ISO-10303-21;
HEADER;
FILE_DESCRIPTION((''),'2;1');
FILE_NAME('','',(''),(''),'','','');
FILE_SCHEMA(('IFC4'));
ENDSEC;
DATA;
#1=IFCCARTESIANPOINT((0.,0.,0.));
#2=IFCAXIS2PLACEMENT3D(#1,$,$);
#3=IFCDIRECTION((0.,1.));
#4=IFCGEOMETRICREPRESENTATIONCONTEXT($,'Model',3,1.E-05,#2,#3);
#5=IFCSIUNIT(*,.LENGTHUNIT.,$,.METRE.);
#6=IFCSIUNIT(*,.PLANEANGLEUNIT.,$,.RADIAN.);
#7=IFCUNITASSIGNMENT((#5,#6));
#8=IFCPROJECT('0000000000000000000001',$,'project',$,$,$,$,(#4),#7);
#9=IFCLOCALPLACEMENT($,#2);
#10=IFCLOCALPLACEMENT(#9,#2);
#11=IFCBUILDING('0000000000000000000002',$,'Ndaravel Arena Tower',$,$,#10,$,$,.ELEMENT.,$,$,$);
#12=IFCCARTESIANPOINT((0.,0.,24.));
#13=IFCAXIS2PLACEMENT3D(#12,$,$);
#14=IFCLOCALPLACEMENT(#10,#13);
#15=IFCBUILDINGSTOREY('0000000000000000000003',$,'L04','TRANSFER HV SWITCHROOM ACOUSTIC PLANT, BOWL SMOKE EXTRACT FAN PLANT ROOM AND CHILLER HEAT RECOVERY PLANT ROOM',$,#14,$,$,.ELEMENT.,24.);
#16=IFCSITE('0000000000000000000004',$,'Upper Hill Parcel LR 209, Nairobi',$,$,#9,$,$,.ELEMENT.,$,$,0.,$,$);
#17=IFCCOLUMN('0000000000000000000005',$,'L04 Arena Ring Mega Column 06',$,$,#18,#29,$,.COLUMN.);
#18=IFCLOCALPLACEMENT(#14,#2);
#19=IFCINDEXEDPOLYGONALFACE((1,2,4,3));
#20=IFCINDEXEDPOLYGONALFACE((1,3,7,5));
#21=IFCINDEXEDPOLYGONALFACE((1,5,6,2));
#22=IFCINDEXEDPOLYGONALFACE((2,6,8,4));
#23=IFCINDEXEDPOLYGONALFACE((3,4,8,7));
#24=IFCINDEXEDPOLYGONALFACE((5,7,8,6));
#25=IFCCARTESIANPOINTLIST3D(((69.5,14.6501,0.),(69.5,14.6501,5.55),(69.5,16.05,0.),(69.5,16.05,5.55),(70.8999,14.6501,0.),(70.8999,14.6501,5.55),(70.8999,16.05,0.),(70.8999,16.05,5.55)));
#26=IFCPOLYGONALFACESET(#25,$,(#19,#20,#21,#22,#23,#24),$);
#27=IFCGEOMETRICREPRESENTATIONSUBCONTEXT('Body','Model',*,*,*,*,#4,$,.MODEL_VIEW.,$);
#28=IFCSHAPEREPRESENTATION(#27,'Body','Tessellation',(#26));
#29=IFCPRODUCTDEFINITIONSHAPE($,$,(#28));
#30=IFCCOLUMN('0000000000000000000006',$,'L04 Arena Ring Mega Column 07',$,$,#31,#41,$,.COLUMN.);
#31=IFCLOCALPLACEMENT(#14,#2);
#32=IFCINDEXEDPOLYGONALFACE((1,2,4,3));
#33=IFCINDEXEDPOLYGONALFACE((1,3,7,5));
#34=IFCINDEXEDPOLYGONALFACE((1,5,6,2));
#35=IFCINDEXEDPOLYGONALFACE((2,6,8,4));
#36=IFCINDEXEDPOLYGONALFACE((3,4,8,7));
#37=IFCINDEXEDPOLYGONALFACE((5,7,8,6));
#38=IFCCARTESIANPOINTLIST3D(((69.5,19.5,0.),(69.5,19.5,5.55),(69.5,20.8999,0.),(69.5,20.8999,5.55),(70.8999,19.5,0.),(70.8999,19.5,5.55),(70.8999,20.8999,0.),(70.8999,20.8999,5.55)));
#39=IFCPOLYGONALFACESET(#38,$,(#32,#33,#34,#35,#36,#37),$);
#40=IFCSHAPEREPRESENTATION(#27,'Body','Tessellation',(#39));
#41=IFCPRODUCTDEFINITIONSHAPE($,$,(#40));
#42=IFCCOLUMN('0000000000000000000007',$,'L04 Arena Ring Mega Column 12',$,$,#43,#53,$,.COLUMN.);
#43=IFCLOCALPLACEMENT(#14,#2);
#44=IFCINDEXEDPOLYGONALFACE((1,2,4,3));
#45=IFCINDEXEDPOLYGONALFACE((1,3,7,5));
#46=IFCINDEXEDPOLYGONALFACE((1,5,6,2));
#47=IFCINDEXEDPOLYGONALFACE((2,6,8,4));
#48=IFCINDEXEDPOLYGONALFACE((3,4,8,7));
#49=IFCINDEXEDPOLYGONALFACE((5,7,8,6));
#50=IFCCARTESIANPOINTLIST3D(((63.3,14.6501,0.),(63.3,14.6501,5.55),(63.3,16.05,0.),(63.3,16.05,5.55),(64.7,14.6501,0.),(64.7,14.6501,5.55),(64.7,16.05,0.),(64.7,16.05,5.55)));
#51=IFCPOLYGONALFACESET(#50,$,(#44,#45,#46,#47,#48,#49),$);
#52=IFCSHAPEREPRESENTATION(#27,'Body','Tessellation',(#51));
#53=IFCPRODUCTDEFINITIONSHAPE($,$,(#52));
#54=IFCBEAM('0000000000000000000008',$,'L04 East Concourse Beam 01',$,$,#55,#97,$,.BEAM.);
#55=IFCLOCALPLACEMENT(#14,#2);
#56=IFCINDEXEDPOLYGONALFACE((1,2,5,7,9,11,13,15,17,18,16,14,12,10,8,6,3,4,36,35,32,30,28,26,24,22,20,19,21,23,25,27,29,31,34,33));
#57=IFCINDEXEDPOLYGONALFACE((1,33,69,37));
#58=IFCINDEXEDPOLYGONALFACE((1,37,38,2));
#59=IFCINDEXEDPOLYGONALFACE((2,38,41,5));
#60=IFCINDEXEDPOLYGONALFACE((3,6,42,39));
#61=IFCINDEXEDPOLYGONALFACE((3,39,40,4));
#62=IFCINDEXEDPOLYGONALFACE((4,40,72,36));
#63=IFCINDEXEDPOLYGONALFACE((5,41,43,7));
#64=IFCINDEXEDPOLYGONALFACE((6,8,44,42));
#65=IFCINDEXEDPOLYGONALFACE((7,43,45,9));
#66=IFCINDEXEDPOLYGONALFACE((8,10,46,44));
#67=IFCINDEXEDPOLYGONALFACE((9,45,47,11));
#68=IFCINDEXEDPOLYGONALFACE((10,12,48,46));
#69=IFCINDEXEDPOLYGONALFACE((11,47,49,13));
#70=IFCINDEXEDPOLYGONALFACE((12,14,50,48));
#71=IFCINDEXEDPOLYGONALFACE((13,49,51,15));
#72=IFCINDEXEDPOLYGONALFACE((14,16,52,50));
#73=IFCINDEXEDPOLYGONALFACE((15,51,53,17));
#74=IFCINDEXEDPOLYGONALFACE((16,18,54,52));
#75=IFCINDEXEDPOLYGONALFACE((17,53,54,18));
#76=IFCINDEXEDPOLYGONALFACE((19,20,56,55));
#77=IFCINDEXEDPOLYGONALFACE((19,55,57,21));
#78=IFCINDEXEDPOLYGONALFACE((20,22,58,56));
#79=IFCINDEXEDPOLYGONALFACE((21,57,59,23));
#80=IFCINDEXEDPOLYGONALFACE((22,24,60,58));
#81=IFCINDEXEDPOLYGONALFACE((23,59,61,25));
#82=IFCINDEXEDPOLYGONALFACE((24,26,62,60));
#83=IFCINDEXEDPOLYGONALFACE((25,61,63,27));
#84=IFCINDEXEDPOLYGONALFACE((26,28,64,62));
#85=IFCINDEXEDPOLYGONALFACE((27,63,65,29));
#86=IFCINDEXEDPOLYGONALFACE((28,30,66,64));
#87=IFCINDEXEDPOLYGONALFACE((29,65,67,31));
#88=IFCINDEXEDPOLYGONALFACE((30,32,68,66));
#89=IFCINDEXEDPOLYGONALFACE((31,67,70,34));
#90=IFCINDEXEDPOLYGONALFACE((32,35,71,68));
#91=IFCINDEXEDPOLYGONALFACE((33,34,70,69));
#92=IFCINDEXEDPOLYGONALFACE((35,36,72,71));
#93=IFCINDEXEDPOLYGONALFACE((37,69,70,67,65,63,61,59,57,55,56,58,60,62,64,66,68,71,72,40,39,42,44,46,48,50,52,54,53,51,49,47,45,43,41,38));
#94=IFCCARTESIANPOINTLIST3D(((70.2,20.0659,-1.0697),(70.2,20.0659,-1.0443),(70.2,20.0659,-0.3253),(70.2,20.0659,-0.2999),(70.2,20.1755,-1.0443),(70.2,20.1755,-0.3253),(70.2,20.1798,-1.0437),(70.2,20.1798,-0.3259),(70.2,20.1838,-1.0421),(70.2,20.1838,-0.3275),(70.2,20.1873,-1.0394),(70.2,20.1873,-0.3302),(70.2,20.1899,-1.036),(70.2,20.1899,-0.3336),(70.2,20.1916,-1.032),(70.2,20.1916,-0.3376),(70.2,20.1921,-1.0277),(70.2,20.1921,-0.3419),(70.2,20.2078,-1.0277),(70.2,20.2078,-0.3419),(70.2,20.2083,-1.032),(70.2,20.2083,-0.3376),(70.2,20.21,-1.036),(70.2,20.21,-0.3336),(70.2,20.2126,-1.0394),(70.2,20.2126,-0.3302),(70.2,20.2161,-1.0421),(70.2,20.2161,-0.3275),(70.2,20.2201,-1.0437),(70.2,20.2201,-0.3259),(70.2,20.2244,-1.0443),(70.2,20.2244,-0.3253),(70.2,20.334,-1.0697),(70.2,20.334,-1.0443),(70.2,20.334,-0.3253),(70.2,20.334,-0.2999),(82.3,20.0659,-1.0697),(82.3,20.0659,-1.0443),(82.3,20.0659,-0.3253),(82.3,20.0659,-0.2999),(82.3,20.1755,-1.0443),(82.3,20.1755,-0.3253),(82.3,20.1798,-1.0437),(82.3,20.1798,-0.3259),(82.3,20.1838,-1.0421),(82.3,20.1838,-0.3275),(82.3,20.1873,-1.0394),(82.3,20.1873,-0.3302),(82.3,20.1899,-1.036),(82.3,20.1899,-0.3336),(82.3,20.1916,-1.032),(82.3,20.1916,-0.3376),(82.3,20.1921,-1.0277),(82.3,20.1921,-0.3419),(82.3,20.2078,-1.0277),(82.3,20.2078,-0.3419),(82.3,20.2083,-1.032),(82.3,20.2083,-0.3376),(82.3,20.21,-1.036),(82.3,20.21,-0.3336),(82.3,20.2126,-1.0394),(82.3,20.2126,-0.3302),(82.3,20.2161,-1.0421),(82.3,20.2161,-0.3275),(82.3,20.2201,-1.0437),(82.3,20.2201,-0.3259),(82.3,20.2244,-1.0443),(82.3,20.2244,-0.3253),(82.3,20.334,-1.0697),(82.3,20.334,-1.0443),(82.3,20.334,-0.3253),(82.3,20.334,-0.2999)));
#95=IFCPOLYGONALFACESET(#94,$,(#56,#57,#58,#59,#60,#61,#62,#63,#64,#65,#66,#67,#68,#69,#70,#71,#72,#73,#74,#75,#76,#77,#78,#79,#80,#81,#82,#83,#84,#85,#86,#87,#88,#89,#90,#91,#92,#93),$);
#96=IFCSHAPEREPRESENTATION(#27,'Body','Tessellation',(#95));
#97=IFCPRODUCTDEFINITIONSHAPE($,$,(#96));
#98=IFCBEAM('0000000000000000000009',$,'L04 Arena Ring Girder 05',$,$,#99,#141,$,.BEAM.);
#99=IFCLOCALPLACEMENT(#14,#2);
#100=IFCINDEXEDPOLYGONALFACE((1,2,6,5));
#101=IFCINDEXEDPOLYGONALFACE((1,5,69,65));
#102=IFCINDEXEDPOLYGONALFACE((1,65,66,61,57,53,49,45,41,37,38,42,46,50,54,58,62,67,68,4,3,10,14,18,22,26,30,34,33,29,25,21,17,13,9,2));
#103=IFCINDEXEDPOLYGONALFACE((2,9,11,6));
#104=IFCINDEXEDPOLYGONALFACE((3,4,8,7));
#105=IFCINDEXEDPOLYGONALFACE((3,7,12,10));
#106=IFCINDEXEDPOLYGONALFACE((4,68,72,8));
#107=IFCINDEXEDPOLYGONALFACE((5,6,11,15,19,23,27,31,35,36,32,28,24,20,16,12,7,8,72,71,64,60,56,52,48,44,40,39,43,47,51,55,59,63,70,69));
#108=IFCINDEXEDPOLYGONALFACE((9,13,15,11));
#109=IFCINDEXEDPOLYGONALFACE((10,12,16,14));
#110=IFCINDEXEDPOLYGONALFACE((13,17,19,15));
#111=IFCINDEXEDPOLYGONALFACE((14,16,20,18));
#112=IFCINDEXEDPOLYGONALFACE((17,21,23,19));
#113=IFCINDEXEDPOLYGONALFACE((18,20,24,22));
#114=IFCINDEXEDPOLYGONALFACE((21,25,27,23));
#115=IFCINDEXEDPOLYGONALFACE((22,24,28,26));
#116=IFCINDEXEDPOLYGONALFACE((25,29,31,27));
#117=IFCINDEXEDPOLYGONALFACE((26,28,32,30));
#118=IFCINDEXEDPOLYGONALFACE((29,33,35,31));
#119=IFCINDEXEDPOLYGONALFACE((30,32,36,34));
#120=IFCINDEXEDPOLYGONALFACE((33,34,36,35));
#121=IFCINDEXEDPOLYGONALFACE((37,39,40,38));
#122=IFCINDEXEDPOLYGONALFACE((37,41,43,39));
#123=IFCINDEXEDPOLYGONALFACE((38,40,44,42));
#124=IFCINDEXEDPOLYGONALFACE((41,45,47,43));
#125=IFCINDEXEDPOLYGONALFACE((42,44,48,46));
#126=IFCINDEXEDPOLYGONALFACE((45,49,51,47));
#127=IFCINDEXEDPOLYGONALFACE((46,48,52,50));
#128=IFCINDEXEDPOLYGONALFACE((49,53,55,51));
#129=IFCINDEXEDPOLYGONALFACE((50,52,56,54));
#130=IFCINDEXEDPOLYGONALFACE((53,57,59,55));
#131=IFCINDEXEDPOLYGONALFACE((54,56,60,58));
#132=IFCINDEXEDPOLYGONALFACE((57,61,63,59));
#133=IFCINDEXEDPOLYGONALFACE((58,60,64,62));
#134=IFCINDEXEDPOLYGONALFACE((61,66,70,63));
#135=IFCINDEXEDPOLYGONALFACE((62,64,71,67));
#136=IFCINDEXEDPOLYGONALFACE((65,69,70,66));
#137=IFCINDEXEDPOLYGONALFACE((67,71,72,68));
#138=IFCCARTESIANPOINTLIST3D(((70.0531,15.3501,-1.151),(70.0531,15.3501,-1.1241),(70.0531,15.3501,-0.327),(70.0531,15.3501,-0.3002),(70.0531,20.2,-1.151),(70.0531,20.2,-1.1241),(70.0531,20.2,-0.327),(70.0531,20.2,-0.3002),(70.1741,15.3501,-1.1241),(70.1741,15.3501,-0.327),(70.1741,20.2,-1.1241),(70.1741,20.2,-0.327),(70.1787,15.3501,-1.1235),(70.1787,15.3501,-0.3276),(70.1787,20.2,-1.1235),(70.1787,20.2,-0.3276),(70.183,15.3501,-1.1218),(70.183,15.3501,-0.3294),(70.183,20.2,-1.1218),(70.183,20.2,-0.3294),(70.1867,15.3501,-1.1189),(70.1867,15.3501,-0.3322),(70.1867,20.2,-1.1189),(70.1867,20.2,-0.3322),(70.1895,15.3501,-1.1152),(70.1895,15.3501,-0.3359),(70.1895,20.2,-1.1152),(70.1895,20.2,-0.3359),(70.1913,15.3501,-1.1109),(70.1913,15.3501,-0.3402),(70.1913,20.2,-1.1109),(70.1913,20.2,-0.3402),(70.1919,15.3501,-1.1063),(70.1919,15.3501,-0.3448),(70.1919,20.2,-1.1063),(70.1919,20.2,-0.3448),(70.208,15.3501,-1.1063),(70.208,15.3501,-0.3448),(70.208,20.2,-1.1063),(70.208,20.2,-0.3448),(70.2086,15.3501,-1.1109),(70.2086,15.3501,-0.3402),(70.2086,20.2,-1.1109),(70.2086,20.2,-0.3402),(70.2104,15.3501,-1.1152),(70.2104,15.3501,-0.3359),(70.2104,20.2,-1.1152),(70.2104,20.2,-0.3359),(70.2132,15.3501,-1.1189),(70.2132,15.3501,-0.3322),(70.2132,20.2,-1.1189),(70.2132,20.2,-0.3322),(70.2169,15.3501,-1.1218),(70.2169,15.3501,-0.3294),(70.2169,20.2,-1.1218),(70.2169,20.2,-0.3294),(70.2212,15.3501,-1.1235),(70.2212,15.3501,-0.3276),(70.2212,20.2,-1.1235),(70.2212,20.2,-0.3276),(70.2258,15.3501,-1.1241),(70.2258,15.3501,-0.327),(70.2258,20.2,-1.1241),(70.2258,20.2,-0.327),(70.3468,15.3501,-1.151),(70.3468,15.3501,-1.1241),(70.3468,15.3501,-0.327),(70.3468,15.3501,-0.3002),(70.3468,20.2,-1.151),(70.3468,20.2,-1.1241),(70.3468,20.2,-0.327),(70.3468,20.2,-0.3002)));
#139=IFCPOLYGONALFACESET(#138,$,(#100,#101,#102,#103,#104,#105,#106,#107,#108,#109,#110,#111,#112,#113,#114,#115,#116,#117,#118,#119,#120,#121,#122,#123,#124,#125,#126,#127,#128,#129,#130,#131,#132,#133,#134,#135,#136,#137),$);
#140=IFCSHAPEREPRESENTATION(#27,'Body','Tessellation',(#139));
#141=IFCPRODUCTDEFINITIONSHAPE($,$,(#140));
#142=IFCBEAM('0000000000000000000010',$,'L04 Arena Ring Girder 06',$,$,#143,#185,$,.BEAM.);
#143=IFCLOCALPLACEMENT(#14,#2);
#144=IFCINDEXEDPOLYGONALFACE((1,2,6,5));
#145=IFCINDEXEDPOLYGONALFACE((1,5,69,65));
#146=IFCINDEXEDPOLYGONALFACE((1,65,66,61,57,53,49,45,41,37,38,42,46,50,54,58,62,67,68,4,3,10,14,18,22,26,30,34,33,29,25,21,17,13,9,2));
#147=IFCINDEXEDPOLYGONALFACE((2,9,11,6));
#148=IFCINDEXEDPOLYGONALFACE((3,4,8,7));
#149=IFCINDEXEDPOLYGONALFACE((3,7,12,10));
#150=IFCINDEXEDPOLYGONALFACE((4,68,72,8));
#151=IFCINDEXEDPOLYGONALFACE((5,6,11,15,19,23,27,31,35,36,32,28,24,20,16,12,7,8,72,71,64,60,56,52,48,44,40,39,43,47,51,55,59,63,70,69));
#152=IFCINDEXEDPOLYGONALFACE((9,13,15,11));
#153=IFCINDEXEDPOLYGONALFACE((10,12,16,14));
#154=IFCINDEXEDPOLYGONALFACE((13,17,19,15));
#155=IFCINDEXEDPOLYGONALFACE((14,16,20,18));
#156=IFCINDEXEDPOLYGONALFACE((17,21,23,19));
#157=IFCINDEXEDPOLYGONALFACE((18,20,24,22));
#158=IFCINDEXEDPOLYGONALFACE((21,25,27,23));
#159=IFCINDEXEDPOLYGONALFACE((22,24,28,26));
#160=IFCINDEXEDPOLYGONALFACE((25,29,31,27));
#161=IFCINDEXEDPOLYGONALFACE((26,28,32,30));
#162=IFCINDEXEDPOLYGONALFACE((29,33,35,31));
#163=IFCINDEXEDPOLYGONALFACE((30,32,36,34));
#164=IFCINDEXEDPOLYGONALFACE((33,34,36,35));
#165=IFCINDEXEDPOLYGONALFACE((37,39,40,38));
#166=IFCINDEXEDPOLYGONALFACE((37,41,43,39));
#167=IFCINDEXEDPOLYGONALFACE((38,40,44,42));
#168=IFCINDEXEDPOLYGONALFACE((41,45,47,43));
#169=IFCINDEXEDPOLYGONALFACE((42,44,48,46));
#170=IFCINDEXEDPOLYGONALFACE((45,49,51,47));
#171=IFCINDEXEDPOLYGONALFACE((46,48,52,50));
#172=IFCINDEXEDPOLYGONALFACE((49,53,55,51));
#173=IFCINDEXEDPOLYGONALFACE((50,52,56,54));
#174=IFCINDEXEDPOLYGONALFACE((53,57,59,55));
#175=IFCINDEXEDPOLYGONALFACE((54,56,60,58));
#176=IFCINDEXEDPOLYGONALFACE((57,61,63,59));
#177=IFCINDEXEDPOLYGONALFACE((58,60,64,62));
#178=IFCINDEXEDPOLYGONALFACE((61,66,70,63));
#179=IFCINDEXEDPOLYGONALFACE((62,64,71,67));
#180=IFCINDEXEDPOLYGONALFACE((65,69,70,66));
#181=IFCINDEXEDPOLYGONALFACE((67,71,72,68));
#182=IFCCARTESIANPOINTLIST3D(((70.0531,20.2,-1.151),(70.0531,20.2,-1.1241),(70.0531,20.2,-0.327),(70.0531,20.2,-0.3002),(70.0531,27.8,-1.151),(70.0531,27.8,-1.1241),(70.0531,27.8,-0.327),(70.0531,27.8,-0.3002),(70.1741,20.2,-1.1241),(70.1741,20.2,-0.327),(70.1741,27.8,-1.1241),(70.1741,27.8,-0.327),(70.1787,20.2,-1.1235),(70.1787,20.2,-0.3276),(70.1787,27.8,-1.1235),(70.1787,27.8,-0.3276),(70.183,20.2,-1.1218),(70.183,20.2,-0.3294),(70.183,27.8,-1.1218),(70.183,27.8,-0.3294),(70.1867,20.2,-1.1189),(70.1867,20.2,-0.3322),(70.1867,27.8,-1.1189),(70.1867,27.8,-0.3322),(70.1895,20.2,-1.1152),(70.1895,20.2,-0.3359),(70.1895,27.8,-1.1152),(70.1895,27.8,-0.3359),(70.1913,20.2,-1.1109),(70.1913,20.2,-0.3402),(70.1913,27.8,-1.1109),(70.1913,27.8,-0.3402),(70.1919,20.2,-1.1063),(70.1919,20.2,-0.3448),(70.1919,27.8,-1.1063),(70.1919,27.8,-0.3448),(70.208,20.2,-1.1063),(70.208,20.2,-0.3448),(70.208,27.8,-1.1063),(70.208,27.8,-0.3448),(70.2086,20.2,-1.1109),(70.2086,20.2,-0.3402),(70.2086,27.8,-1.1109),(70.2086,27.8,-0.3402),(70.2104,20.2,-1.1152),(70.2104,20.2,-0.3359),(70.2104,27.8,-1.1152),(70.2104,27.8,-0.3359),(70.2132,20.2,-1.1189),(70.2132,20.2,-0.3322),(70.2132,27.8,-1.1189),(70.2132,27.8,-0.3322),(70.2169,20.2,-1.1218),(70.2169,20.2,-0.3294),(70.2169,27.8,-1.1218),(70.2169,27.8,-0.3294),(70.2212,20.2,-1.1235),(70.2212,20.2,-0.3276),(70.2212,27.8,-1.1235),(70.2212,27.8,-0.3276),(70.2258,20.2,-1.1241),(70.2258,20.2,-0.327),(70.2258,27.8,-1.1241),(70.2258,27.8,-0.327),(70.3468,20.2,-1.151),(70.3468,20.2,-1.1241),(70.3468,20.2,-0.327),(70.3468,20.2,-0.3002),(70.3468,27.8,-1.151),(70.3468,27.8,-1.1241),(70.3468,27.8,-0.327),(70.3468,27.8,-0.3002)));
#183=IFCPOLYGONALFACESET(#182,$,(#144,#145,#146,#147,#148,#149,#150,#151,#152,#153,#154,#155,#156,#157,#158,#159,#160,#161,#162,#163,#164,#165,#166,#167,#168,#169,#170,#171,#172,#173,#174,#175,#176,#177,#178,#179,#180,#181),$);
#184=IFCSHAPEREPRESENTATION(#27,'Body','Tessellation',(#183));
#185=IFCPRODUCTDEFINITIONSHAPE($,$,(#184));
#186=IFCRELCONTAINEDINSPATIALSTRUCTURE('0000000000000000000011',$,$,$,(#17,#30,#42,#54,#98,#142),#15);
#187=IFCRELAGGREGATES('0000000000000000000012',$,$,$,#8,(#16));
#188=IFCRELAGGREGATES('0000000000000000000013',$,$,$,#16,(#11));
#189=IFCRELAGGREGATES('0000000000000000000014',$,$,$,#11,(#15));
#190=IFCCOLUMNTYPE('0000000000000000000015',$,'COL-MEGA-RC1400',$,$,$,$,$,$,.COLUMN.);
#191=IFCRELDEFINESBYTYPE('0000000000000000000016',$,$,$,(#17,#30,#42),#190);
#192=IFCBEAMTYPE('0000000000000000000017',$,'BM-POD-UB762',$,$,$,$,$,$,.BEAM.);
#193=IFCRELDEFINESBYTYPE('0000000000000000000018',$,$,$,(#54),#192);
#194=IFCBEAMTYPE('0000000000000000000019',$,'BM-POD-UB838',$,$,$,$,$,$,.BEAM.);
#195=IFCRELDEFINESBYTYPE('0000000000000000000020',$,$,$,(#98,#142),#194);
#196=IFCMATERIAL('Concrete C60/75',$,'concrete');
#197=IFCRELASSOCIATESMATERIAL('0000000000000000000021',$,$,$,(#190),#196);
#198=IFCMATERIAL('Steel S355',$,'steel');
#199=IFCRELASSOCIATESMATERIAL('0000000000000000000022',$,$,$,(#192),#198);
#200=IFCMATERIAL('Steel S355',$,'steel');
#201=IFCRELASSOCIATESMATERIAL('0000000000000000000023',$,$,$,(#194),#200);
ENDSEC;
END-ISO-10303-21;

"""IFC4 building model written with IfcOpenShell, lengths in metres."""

from ifc_helpers import new_model, si_unit, direction, frame, origin, origin_2d, place, context, subcontext, project, spatial, rectangle, i_section, extrude, material, material_profile, profile_set, type_object, element, save


model = new_model("IFC4")

# Units and contexts
model_context = context("Model", 3, precision=1e-05, world=origin(), true_north=direction((0.0, 1.0)))
body_context = subcontext(model_context, "Body", "Model", "MODEL_VIEW")
ifc_project = project(units=[si_unit("LENGTHUNIT", "METRE"), si_unit("PLANEANGLEUNIT", "RADIAN")], contexts=[model_context])

# Site, building, storey
site_placement = place(None, origin())
site = spatial("IfcSite", under=ifc_project, at=site_placement, Name="Upper Hill Parcel LR 209, Nairobi", CompositionType="ELEMENT", RefElevation=0.0)
building_placement = place(site_placement, origin())
building = spatial("IfcBuilding", under=site, at=building_placement, Name="Ndaravel Arena Tower", CompositionType="ELEMENT")
storey_placement = place(building_placement, frame((0.0, 0.0, 24.0)))
storey = spatial("IfcBuildingStorey", under=building, at=storey_placement, Name="L04", Description="TRANSFER HV SWITCHROOM ACOUSTIC PLANT, BOWL SMOKE EXTRACT FAN PLANT ROOM AND CHILLER HEAT RECOVERY PLANT ROOM", CompositionType="ELEMENT", Elevation=24.0)

# Columns
ifc_material_1 = material(Name="Concrete C60/75", Category="concrete")
ifc_material_profile_1 = material_profile(ifc_material_1, rectangle(XDim=1.3999, YDim=1.3999, at=origin_2d()), Name="RC 1400x1400")
ifc_profile_set_1 = profile_set([ifc_material_profile_1], Name="Concrete C60/75")
column_type = type_object("IfcColumnType", Name="COL-MEGA-RC1400", PredefinedType="COLUMN", material=ifc_profile_set_1)
for number, where, z_axis, x_axis, name in (
    (1, (70.2, 15.3501, 0.0), (0.0, 0.0, 1.0), (1.0, 0.0, 0.0), "L04 Arena Ring Mega Column 06"),
    (2, (70.2, 20.2, 0.0), (0.0, 0.0, 1.0), (1.0, 0.0, 0.0), "L04 Arena Ring Mega Column 07"),
    (3, (64.0, 15.3501, 0.0), (0.0, 0.0, 1.0), (1.0, 0.0, 0.0), "L04 Arena Ring Mega Column 12"),
):
    element("IfcColumn", number, at=place(storey_placement, frame(where, z_axis=z_axis, x_axis=x_axis)), inside=storey, type_object=column_type, Name=name, PredefinedType="COLUMN", context=body_context, shape_type="SweptSolid", body=[
        extrude(rectangle(XDim=1.3999, YDim=1.3999, at=origin_2d()), origin(), (0.0, 0.0, 1.0), 5.55),
    ])

# Beams
ifc_material_2 = material(Name="Steel S355", Category="steel")
ifc_material_profile_2 = material_profile(ifc_material_2, i_section(OverallWidth=0.2681, OverallDepth=0.7698, WebThickness=0.0156, FlangeThickness=0.0254, FilletRadius=0.0166, at=origin_2d()), Name="UB 762x267x197")
ifc_profile_set_2 = profile_set([ifc_material_profile_2], Name="Steel S355")
beam_type_1 = type_object("IfcBeamType", Name="BM-POD-UB762", PredefinedType="BEAM", material=ifc_profile_set_2)
beam_1_placement = place(storey_placement, frame((70.2, 20.2, -0.6848), z_axis=(1.0, 0.0, 0.0), x_axis=(0.0, 1.0, 0.0)))
element("IfcBeam", 4, at=beam_1_placement, inside=storey, type_object=beam_type_1, Name="L04 East Concourse Beam 01", PredefinedType="BEAM", context=body_context, shape_type="SweptSolid", body=[
    extrude(i_section(OverallWidth=0.2681, OverallDepth=0.7698, WebThickness=0.0156, FlangeThickness=0.0254, FilletRadius=0.0166, at=origin_2d()), origin(), (0.0, 0.0, 1.0), 12.1001),
])
ifc_material_3 = material(Name="Steel S355", Category="steel")
ifc_material_profile_3 = material_profile(ifc_material_3, i_section(OverallWidth=0.2937, OverallDepth=0.8508, WebThickness=0.0161, FlangeThickness=0.0269, FilletRadius=0.0178, at=origin_2d()), Name="UB 838x292x226")
ifc_profile_set_3 = profile_set([ifc_material_profile_3], Name="Steel S355")
beam_type_2 = type_object("IfcBeamType", Name="BM-POD-UB838", PredefinedType="BEAM", material=ifc_profile_set_3)
beam_2_placement = place(storey_placement, frame((70.2, 15.3501, -0.7256), z_axis=(0.0, 1.0, 0.0), x_axis=(-1.0, 0.0, 0.0)))
element("IfcBeam", 5, at=beam_2_placement, inside=storey, type_object=beam_type_2, Name="L04 Arena Ring Girder 05", PredefinedType="BEAM", context=body_context, shape_type="SweptSolid", body=[
    extrude(i_section(OverallWidth=0.2937, OverallDepth=0.8508, WebThickness=0.0161, FlangeThickness=0.0269, FilletRadius=0.0178, at=origin_2d()), origin(), (0.0, 0.0, 1.0), 4.8499),
])
beam_3_placement = place(storey_placement, frame((70.2, 20.2, -0.7256), z_axis=(0.0, 1.0, 0.0), x_axis=(-1.0, 0.0, 0.0)))
element("IfcBeam", 6, at=beam_3_placement, inside=storey, type_object=beam_type_2, Name="L04 Arena Ring Girder 06", PredefinedType="BEAM", context=body_context, shape_type="SweptSolid", body=[
    extrude(i_section(OverallWidth=0.2937, OverallDepth=0.8508, WebThickness=0.0161, FlangeThickness=0.0269, FilletRadius=0.0178, at=origin_2d()), origin(), (0.0, 0.0, 1.0), 7.6001),
])

save(model, "model.ifc")
